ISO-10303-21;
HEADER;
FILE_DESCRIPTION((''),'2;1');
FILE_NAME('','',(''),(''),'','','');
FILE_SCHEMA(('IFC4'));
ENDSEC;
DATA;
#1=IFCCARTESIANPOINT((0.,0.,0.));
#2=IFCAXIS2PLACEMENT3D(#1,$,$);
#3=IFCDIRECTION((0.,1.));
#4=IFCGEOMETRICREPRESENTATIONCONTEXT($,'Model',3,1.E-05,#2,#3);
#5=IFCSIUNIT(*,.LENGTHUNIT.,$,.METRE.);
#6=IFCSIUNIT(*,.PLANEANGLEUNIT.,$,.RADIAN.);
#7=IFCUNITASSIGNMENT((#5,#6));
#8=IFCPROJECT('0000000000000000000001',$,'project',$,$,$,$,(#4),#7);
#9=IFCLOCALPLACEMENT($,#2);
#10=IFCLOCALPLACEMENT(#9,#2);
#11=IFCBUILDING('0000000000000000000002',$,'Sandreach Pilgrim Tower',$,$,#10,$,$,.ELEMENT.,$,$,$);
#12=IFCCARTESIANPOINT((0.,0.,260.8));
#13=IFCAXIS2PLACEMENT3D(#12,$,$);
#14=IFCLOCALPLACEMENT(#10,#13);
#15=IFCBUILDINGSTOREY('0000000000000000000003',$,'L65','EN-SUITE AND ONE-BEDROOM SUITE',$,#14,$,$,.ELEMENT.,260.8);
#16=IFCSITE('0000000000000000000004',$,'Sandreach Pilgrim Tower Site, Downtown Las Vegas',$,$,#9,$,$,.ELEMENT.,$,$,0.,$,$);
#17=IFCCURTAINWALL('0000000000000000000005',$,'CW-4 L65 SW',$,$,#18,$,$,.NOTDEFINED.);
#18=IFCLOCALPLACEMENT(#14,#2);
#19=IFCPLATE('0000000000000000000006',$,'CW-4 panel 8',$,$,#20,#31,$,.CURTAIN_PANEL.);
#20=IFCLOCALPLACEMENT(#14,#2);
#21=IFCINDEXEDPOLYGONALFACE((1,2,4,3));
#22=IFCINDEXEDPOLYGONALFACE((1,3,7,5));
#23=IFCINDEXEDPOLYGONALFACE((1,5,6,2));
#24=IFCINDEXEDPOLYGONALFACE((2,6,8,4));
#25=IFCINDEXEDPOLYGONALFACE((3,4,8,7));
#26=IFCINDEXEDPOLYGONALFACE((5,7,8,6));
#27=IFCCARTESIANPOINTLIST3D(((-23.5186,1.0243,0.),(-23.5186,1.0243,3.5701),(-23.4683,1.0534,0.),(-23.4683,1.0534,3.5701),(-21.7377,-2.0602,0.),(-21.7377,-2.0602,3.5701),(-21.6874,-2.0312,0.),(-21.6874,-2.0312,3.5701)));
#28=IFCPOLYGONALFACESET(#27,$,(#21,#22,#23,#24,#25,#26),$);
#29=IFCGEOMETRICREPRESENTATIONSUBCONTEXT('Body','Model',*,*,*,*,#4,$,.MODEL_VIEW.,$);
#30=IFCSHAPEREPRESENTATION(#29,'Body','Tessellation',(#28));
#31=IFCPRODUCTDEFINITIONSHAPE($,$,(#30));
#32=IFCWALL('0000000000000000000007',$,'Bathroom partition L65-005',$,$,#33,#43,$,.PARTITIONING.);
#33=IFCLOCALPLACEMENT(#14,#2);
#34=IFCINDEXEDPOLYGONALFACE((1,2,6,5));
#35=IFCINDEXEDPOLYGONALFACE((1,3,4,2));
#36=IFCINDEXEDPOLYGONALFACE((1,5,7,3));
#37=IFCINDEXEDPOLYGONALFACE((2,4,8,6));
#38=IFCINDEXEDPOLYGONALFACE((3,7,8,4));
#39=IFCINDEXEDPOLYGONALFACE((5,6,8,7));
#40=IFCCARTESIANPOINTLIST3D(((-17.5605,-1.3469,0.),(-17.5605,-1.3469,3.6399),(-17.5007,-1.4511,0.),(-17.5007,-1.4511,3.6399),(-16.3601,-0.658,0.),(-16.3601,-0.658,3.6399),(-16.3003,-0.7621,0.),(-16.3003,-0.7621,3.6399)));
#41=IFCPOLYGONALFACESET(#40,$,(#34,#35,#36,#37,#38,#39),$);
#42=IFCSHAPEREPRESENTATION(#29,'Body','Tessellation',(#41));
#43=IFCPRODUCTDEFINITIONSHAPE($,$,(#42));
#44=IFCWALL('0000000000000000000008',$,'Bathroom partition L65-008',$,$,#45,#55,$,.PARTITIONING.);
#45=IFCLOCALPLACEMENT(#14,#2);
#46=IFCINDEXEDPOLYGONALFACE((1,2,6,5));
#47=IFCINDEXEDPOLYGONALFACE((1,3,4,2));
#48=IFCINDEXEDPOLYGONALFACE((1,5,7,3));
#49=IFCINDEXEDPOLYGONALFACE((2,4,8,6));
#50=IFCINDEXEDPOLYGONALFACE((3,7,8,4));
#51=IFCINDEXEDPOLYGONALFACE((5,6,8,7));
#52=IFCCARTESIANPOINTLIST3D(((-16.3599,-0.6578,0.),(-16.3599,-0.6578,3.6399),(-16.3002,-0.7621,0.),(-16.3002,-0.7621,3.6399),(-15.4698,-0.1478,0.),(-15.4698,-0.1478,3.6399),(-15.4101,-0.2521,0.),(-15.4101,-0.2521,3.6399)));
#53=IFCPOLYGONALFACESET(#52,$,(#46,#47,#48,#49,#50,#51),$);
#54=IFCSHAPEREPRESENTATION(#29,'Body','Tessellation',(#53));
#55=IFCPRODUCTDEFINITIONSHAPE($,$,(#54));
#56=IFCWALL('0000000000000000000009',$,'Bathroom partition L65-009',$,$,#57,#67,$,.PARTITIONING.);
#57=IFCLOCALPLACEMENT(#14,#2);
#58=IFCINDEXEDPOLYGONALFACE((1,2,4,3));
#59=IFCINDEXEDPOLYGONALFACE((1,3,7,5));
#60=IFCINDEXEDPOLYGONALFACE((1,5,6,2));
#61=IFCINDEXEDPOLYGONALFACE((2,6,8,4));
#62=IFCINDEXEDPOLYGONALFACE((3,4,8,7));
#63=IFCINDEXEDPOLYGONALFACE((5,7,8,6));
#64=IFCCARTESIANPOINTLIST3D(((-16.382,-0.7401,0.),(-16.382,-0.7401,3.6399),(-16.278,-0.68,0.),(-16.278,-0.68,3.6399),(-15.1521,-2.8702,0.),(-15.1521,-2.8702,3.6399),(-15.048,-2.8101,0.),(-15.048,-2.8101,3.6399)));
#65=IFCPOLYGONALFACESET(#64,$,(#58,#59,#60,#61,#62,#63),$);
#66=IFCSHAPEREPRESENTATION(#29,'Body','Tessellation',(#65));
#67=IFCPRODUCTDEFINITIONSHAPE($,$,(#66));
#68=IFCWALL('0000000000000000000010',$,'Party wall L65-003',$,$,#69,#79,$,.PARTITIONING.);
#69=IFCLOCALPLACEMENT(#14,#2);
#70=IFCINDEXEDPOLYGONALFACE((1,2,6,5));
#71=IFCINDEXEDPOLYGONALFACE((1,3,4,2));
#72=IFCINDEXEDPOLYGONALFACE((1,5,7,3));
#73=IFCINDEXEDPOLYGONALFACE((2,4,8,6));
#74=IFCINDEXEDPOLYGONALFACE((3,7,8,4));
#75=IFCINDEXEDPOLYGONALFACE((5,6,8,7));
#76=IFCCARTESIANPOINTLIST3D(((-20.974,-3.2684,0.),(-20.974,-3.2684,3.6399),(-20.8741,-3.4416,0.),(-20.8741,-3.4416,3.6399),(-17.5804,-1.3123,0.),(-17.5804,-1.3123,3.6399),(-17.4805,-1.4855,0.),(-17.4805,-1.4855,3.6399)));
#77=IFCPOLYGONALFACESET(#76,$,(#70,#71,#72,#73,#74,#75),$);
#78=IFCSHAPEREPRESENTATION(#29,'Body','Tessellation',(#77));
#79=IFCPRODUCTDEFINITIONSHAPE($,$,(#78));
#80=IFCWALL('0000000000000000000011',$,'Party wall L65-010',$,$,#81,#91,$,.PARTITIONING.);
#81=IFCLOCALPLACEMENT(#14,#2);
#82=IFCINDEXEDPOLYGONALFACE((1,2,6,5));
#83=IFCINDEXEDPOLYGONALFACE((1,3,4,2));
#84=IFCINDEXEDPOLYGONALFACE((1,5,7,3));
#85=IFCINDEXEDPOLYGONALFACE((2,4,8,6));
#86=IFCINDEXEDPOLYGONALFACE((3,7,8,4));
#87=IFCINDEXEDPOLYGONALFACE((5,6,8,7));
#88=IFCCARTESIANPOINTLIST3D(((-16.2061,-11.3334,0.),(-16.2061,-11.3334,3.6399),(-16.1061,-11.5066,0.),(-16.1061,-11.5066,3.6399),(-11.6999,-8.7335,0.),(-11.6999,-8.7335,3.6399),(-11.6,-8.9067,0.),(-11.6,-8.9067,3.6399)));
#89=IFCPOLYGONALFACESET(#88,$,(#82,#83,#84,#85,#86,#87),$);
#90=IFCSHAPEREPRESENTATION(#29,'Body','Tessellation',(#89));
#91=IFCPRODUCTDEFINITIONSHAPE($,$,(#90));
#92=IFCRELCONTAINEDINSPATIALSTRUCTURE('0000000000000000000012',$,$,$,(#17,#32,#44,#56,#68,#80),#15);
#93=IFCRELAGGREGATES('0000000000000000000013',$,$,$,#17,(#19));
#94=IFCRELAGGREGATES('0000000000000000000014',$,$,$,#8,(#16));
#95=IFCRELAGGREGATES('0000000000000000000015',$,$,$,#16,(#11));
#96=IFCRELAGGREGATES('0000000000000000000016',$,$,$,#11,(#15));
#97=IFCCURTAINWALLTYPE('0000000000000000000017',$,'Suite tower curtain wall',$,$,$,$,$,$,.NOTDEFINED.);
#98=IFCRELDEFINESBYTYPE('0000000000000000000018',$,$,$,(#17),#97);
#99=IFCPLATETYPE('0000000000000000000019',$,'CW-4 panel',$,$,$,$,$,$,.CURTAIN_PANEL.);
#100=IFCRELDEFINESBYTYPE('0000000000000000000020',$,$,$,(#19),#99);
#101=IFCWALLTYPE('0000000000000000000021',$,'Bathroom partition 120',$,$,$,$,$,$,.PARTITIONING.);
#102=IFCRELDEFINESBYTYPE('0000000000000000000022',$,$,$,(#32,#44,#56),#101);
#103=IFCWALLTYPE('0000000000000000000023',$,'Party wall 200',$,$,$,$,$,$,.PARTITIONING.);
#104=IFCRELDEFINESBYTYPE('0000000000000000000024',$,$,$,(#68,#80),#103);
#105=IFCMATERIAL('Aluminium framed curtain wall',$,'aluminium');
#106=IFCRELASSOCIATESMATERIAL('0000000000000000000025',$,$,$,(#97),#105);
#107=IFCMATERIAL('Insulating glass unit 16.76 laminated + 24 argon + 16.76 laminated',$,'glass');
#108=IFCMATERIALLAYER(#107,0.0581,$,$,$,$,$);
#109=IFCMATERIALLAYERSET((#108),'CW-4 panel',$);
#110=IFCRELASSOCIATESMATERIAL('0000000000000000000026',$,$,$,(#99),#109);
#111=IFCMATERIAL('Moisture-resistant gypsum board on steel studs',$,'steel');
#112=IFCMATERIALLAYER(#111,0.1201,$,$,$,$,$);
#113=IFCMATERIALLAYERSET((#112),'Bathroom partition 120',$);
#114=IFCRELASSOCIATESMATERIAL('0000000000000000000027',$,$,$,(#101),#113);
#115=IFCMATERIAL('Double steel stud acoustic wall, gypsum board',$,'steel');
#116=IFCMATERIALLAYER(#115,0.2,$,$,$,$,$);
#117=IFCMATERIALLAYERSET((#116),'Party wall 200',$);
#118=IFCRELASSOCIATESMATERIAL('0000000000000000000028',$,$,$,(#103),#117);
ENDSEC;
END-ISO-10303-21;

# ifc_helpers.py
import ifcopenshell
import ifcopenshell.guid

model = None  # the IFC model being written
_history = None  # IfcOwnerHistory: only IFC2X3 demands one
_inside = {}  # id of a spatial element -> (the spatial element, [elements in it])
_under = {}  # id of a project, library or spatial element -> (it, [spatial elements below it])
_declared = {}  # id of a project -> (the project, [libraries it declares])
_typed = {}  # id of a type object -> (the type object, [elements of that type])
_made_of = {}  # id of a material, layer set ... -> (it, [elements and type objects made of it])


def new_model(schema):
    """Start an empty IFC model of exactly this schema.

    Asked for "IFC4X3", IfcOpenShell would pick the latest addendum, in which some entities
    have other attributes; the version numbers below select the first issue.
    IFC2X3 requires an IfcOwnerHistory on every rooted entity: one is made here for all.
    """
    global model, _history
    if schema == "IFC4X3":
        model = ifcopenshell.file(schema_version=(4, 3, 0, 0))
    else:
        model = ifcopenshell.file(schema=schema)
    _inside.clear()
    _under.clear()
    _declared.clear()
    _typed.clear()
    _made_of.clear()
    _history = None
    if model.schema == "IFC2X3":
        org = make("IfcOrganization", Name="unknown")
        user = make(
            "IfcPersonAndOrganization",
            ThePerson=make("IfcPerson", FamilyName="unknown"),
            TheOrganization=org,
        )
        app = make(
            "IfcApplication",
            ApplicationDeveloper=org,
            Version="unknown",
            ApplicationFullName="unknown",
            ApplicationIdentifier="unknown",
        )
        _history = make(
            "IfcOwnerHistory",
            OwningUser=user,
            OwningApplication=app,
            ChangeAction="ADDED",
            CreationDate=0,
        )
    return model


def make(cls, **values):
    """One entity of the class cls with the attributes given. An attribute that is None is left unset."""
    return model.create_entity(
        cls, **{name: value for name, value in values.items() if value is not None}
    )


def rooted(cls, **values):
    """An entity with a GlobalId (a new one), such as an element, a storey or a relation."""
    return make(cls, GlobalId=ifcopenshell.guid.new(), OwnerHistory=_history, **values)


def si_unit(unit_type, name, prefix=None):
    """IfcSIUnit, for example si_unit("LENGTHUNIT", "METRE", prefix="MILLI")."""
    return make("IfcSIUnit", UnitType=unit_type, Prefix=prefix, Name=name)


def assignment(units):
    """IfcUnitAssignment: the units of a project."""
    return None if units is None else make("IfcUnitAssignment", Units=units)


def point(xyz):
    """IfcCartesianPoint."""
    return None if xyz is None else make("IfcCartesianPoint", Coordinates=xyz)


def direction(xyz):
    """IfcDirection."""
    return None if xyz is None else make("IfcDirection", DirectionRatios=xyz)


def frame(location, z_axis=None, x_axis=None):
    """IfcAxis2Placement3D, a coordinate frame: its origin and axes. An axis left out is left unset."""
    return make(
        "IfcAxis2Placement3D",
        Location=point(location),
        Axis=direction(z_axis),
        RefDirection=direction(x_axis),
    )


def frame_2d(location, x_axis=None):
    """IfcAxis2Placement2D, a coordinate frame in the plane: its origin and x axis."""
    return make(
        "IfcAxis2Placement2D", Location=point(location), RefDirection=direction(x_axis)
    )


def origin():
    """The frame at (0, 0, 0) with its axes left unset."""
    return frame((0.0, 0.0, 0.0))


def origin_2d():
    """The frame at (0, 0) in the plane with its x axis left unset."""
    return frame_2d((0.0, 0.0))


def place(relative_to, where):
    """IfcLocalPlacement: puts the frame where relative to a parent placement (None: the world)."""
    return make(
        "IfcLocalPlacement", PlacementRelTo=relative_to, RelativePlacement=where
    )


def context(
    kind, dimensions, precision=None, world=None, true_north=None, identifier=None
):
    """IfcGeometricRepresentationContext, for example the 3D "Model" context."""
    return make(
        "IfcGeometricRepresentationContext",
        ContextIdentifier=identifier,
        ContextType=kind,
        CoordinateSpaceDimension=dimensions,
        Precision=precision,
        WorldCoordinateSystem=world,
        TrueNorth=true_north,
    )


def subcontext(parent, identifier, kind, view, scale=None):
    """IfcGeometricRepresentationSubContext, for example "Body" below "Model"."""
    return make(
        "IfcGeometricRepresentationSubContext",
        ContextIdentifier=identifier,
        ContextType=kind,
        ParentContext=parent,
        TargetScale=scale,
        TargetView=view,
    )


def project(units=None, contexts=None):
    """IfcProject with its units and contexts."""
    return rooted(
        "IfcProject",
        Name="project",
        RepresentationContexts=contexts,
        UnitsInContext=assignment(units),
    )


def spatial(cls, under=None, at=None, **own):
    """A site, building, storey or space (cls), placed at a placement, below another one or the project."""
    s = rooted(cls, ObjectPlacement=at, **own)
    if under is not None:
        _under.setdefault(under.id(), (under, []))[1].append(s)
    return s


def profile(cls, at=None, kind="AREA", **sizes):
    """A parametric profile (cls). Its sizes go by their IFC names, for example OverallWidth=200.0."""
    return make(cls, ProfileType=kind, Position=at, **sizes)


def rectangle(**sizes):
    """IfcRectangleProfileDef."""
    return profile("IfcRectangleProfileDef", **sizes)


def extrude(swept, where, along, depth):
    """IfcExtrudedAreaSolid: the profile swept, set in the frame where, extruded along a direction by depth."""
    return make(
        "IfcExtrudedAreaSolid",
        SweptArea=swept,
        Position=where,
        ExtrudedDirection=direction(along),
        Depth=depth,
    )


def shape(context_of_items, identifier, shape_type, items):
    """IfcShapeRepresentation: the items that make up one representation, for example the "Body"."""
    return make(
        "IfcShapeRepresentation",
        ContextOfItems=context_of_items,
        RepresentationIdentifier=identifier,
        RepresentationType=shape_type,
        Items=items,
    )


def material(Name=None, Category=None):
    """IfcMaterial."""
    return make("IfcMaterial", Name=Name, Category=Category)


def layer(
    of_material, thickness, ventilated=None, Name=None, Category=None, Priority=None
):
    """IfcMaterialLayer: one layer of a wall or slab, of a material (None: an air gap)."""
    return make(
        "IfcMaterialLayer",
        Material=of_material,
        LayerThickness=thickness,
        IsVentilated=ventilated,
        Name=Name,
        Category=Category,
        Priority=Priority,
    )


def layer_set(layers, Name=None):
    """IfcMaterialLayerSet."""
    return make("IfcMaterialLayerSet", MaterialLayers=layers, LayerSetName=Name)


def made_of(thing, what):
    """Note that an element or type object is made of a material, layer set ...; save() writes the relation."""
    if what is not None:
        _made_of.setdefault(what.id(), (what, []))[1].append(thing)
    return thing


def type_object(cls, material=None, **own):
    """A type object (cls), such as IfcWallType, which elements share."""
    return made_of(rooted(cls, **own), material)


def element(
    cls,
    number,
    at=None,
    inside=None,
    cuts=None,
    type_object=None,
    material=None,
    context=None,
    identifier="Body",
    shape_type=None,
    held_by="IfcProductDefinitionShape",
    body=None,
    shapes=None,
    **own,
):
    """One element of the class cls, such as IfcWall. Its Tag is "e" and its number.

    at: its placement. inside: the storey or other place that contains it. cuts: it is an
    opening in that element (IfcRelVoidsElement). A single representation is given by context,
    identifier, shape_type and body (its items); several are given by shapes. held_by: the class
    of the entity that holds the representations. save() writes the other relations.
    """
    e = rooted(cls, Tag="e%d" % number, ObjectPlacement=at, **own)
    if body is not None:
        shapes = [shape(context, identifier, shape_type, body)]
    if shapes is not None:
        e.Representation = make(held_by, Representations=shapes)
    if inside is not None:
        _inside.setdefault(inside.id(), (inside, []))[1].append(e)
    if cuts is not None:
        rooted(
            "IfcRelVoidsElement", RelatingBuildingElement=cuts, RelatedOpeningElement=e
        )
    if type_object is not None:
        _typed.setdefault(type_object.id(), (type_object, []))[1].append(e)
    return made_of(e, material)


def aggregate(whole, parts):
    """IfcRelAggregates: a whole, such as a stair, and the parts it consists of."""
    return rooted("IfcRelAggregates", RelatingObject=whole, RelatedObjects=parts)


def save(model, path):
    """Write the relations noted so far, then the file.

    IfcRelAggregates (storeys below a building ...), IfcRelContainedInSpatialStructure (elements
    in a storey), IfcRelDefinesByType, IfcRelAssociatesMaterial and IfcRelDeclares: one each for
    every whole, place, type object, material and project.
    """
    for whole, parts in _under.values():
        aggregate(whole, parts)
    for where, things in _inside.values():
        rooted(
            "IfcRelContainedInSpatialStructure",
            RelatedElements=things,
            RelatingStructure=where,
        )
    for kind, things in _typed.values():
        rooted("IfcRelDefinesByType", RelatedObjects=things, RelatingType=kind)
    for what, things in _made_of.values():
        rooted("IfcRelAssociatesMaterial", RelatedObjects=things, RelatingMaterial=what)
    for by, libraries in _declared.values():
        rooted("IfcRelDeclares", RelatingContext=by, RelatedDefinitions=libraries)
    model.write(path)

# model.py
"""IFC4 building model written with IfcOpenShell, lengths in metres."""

from ifc_helpers import new_model, si_unit, direction, frame, frame_2d, origin, origin_2d, place, context, subcontext, project, spatial, rectangle, extrude, material, layer, layer_set, type_object, element, aggregate, save


model = new_model("IFC4")

# Units and contexts
model_context = context("Model", 3, precision=1e-05, world=origin(), true_north=direction((0.0, 1.0)))
body_context = subcontext(model_context, "Body", "Model", "MODEL_VIEW")
ifc_project = project(units=[si_unit("LENGTHUNIT", "METRE"), si_unit("PLANEANGLEUNIT", "RADIAN")], contexts=[model_context])

# Site, building, storey
site_placement = place(None, origin())
site = spatial("IfcSite", under=ifc_project, at=site_placement, Name="Sandreach Pilgrim Tower Site, Downtown Las Vegas", CompositionType="ELEMENT", RefElevation=0.0)
building_placement = place(site_placement, origin())
building = spatial("IfcBuilding", under=site, at=building_placement, Name="Sandreach Pilgrim Tower", CompositionType="ELEMENT")
storey_placement = place(building_placement, frame((0.0, 0.0, 260.8)))
storey = spatial("IfcBuildingStorey", under=building, at=storey_placement, Name="L65", Description="EN-SUITE AND ONE-BEDROOM SUITE", CompositionType="ELEMENT", Elevation=260.8)

# Curtain wall
ifc_material_1 = material(Name="Aluminium framed curtain wall", Category="aluminium")
curtain_wall_type = type_object("IfcCurtainWallType", Name="Suite tower curtain wall", PredefinedType="NOTDEFINED", material=ifc_material_1)
curtain_wall_placement = place(storey_placement, origin())
curtain_wall = element("IfcCurtainWall", 1, at=curtain_wall_placement, inside=storey, type_object=curtain_wall_type, Name="CW-4 L65 SW", PredefinedType="NOTDEFINED")

# Plate
ifc_material_2 = material(Name="Insulating glass unit 16.76 laminated + 24 argon + 16.76 laminated", Category="glass")
ifc_layer_1 = layer(ifc_material_2, 0.0581)
ifc_layer_set_1 = layer_set([ifc_layer_1], Name="CW-4 panel")
plate_type = type_object("IfcPlateType", Name="CW-4 panel", PredefinedType="CURTAIN_PANEL", material=ifc_layer_set_1)
plate_1_placement = place(storey_placement, frame((-22.603, -0.5034, 0.0), z_axis=(0.0, 0.0, 1.0), x_axis=(-0.5, 0.866025, 0.0)))
plate_1 = element("IfcPlate", 2, at=plate_1_placement, type_object=plate_type, Name="CW-4 panel 8", PredefinedType="CURTAIN_PANEL", context=body_context, shape_type="SweptSolid", body=[
    extrude(rectangle(XDim=3.5618, YDim=0.0581, at=origin_2d()), origin(), (0.0, 0.0, 1.0), 3.5701),
])
aggregate(curtain_wall, [plate_1])

# Walls
ifc_material_3 = material(Name="Moisture-resistant gypsum board on steel studs", Category="steel")
ifc_layer_2 = layer(ifc_material_3, 0.1201)
ifc_layer_set_2 = layer_set([ifc_layer_2], Name="Bathroom partition 120")
wall_type_1 = type_object("IfcWallType", Name="Bathroom partition 120", PredefinedType="PARTITIONING", material=ifc_layer_set_2)
wall_1_placement = place(storey_placement, frame((-17.5305, -1.3989, 0.0), z_axis=(0.0, 0.0, 1.0), x_axis=(0.867308, 0.497772, 0.0)))
element("IfcWall", 3, at=wall_1_placement, inside=storey, type_object=wall_type_1, Name="Bathroom partition L65-005", PredefinedType="PARTITIONING", context=body_context, shape_type="SweptSolid", body=[
    extrude(rectangle(XDim=1.384, YDim=0.1201, at=frame_2d((0.6919, 0.0))), origin(), (0.0, 0.0, 1.0), 3.6399),
])
wall_2_placement = place(storey_placement, frame((-16.3301, -0.71, 0.0), z_axis=(0.0, 0.0, 1.0), x_axis=(0.867671, 0.497138, 0.0)))
element("IfcWall", 4, at=wall_2_placement, inside=storey, type_object=wall_type_1, Name="Bathroom partition L65-008", PredefinedType="PARTITIONING", context=body_context, shape_type="SweptSolid", body=[
    extrude(rectangle(XDim=1.0259, YDim=0.1201, at=frame_2d((0.5129, 0.0))), origin(), (0.0, 0.0, 1.0), 3.6399),
])
wall_3_placement = place(storey_placement, frame((-16.3301, -0.71, 0.0), z_axis=(0.0, 0.0, 1.0), x_axis=(0.500046, -0.865999, 0.0)))
element("IfcWall", 5, at=wall_3_placement, inside=storey, type_object=wall_type_1, Name="Bathroom partition L65-009", PredefinedType="PARTITIONING", context=body_context, shape_type="SweptSolid", body=[
    extrude(rectangle(XDim=2.4597, YDim=0.1201, at=frame_2d((1.23, 0.0))), origin(), (0.0, 0.0, 1.0), 3.6399),
])
ifc_material_4 = material(Name="Double steel stud acoustic wall, gypsum board", Category="steel")
ifc_layer_3 = layer(ifc_material_4, 0.2)
ifc_layer_set_3 = layer_set([ifc_layer_3], Name="Party wall 200")
wall_type_2 = type_object("IfcWallType", Name="Party wall 200", PredefinedType="PARTITIONING", material=ifc_layer_set_3)
wall_4_placement = place(storey_placement, frame((-20.9241, -3.355, 0.0), z_axis=(0.0, 0.0, 1.0), x_axis=(0.866381, 0.499384, 0.0)))
element("IfcWall", 6, at=wall_4_placement, inside=storey, type_object=wall_type_2, Name="Party wall L65-003", PredefinedType="PARTITIONING", context=body_context, shape_type="SweptSolid", body=[
    extrude(rectangle(XDim=3.917, YDim=0.2, at=frame_2d((1.9585, 0.0))), origin(), (0.0, 0.0, 1.0), 3.6399),
])
wall_5_placement = place(storey_placement, frame((-16.156, -11.4199, 0.0), z_axis=(0.0, 0.0, 1.0), x_axis=(0.866171, 0.499748, 0.0)))
element("IfcWall", 7, at=wall_5_placement, inside=storey, type_object=wall_type_2, Name="Party wall L65-010", PredefinedType="PARTITIONING", context=body_context, shape_type="SweptSolid", body=[
    extrude(rectangle(XDim=5.2024, YDim=0.2, at=frame_2d((2.6011, 0.0))), origin(), (0.0, 0.0, 1.0), 3.6399),
])

save(model, "model.ifc")
